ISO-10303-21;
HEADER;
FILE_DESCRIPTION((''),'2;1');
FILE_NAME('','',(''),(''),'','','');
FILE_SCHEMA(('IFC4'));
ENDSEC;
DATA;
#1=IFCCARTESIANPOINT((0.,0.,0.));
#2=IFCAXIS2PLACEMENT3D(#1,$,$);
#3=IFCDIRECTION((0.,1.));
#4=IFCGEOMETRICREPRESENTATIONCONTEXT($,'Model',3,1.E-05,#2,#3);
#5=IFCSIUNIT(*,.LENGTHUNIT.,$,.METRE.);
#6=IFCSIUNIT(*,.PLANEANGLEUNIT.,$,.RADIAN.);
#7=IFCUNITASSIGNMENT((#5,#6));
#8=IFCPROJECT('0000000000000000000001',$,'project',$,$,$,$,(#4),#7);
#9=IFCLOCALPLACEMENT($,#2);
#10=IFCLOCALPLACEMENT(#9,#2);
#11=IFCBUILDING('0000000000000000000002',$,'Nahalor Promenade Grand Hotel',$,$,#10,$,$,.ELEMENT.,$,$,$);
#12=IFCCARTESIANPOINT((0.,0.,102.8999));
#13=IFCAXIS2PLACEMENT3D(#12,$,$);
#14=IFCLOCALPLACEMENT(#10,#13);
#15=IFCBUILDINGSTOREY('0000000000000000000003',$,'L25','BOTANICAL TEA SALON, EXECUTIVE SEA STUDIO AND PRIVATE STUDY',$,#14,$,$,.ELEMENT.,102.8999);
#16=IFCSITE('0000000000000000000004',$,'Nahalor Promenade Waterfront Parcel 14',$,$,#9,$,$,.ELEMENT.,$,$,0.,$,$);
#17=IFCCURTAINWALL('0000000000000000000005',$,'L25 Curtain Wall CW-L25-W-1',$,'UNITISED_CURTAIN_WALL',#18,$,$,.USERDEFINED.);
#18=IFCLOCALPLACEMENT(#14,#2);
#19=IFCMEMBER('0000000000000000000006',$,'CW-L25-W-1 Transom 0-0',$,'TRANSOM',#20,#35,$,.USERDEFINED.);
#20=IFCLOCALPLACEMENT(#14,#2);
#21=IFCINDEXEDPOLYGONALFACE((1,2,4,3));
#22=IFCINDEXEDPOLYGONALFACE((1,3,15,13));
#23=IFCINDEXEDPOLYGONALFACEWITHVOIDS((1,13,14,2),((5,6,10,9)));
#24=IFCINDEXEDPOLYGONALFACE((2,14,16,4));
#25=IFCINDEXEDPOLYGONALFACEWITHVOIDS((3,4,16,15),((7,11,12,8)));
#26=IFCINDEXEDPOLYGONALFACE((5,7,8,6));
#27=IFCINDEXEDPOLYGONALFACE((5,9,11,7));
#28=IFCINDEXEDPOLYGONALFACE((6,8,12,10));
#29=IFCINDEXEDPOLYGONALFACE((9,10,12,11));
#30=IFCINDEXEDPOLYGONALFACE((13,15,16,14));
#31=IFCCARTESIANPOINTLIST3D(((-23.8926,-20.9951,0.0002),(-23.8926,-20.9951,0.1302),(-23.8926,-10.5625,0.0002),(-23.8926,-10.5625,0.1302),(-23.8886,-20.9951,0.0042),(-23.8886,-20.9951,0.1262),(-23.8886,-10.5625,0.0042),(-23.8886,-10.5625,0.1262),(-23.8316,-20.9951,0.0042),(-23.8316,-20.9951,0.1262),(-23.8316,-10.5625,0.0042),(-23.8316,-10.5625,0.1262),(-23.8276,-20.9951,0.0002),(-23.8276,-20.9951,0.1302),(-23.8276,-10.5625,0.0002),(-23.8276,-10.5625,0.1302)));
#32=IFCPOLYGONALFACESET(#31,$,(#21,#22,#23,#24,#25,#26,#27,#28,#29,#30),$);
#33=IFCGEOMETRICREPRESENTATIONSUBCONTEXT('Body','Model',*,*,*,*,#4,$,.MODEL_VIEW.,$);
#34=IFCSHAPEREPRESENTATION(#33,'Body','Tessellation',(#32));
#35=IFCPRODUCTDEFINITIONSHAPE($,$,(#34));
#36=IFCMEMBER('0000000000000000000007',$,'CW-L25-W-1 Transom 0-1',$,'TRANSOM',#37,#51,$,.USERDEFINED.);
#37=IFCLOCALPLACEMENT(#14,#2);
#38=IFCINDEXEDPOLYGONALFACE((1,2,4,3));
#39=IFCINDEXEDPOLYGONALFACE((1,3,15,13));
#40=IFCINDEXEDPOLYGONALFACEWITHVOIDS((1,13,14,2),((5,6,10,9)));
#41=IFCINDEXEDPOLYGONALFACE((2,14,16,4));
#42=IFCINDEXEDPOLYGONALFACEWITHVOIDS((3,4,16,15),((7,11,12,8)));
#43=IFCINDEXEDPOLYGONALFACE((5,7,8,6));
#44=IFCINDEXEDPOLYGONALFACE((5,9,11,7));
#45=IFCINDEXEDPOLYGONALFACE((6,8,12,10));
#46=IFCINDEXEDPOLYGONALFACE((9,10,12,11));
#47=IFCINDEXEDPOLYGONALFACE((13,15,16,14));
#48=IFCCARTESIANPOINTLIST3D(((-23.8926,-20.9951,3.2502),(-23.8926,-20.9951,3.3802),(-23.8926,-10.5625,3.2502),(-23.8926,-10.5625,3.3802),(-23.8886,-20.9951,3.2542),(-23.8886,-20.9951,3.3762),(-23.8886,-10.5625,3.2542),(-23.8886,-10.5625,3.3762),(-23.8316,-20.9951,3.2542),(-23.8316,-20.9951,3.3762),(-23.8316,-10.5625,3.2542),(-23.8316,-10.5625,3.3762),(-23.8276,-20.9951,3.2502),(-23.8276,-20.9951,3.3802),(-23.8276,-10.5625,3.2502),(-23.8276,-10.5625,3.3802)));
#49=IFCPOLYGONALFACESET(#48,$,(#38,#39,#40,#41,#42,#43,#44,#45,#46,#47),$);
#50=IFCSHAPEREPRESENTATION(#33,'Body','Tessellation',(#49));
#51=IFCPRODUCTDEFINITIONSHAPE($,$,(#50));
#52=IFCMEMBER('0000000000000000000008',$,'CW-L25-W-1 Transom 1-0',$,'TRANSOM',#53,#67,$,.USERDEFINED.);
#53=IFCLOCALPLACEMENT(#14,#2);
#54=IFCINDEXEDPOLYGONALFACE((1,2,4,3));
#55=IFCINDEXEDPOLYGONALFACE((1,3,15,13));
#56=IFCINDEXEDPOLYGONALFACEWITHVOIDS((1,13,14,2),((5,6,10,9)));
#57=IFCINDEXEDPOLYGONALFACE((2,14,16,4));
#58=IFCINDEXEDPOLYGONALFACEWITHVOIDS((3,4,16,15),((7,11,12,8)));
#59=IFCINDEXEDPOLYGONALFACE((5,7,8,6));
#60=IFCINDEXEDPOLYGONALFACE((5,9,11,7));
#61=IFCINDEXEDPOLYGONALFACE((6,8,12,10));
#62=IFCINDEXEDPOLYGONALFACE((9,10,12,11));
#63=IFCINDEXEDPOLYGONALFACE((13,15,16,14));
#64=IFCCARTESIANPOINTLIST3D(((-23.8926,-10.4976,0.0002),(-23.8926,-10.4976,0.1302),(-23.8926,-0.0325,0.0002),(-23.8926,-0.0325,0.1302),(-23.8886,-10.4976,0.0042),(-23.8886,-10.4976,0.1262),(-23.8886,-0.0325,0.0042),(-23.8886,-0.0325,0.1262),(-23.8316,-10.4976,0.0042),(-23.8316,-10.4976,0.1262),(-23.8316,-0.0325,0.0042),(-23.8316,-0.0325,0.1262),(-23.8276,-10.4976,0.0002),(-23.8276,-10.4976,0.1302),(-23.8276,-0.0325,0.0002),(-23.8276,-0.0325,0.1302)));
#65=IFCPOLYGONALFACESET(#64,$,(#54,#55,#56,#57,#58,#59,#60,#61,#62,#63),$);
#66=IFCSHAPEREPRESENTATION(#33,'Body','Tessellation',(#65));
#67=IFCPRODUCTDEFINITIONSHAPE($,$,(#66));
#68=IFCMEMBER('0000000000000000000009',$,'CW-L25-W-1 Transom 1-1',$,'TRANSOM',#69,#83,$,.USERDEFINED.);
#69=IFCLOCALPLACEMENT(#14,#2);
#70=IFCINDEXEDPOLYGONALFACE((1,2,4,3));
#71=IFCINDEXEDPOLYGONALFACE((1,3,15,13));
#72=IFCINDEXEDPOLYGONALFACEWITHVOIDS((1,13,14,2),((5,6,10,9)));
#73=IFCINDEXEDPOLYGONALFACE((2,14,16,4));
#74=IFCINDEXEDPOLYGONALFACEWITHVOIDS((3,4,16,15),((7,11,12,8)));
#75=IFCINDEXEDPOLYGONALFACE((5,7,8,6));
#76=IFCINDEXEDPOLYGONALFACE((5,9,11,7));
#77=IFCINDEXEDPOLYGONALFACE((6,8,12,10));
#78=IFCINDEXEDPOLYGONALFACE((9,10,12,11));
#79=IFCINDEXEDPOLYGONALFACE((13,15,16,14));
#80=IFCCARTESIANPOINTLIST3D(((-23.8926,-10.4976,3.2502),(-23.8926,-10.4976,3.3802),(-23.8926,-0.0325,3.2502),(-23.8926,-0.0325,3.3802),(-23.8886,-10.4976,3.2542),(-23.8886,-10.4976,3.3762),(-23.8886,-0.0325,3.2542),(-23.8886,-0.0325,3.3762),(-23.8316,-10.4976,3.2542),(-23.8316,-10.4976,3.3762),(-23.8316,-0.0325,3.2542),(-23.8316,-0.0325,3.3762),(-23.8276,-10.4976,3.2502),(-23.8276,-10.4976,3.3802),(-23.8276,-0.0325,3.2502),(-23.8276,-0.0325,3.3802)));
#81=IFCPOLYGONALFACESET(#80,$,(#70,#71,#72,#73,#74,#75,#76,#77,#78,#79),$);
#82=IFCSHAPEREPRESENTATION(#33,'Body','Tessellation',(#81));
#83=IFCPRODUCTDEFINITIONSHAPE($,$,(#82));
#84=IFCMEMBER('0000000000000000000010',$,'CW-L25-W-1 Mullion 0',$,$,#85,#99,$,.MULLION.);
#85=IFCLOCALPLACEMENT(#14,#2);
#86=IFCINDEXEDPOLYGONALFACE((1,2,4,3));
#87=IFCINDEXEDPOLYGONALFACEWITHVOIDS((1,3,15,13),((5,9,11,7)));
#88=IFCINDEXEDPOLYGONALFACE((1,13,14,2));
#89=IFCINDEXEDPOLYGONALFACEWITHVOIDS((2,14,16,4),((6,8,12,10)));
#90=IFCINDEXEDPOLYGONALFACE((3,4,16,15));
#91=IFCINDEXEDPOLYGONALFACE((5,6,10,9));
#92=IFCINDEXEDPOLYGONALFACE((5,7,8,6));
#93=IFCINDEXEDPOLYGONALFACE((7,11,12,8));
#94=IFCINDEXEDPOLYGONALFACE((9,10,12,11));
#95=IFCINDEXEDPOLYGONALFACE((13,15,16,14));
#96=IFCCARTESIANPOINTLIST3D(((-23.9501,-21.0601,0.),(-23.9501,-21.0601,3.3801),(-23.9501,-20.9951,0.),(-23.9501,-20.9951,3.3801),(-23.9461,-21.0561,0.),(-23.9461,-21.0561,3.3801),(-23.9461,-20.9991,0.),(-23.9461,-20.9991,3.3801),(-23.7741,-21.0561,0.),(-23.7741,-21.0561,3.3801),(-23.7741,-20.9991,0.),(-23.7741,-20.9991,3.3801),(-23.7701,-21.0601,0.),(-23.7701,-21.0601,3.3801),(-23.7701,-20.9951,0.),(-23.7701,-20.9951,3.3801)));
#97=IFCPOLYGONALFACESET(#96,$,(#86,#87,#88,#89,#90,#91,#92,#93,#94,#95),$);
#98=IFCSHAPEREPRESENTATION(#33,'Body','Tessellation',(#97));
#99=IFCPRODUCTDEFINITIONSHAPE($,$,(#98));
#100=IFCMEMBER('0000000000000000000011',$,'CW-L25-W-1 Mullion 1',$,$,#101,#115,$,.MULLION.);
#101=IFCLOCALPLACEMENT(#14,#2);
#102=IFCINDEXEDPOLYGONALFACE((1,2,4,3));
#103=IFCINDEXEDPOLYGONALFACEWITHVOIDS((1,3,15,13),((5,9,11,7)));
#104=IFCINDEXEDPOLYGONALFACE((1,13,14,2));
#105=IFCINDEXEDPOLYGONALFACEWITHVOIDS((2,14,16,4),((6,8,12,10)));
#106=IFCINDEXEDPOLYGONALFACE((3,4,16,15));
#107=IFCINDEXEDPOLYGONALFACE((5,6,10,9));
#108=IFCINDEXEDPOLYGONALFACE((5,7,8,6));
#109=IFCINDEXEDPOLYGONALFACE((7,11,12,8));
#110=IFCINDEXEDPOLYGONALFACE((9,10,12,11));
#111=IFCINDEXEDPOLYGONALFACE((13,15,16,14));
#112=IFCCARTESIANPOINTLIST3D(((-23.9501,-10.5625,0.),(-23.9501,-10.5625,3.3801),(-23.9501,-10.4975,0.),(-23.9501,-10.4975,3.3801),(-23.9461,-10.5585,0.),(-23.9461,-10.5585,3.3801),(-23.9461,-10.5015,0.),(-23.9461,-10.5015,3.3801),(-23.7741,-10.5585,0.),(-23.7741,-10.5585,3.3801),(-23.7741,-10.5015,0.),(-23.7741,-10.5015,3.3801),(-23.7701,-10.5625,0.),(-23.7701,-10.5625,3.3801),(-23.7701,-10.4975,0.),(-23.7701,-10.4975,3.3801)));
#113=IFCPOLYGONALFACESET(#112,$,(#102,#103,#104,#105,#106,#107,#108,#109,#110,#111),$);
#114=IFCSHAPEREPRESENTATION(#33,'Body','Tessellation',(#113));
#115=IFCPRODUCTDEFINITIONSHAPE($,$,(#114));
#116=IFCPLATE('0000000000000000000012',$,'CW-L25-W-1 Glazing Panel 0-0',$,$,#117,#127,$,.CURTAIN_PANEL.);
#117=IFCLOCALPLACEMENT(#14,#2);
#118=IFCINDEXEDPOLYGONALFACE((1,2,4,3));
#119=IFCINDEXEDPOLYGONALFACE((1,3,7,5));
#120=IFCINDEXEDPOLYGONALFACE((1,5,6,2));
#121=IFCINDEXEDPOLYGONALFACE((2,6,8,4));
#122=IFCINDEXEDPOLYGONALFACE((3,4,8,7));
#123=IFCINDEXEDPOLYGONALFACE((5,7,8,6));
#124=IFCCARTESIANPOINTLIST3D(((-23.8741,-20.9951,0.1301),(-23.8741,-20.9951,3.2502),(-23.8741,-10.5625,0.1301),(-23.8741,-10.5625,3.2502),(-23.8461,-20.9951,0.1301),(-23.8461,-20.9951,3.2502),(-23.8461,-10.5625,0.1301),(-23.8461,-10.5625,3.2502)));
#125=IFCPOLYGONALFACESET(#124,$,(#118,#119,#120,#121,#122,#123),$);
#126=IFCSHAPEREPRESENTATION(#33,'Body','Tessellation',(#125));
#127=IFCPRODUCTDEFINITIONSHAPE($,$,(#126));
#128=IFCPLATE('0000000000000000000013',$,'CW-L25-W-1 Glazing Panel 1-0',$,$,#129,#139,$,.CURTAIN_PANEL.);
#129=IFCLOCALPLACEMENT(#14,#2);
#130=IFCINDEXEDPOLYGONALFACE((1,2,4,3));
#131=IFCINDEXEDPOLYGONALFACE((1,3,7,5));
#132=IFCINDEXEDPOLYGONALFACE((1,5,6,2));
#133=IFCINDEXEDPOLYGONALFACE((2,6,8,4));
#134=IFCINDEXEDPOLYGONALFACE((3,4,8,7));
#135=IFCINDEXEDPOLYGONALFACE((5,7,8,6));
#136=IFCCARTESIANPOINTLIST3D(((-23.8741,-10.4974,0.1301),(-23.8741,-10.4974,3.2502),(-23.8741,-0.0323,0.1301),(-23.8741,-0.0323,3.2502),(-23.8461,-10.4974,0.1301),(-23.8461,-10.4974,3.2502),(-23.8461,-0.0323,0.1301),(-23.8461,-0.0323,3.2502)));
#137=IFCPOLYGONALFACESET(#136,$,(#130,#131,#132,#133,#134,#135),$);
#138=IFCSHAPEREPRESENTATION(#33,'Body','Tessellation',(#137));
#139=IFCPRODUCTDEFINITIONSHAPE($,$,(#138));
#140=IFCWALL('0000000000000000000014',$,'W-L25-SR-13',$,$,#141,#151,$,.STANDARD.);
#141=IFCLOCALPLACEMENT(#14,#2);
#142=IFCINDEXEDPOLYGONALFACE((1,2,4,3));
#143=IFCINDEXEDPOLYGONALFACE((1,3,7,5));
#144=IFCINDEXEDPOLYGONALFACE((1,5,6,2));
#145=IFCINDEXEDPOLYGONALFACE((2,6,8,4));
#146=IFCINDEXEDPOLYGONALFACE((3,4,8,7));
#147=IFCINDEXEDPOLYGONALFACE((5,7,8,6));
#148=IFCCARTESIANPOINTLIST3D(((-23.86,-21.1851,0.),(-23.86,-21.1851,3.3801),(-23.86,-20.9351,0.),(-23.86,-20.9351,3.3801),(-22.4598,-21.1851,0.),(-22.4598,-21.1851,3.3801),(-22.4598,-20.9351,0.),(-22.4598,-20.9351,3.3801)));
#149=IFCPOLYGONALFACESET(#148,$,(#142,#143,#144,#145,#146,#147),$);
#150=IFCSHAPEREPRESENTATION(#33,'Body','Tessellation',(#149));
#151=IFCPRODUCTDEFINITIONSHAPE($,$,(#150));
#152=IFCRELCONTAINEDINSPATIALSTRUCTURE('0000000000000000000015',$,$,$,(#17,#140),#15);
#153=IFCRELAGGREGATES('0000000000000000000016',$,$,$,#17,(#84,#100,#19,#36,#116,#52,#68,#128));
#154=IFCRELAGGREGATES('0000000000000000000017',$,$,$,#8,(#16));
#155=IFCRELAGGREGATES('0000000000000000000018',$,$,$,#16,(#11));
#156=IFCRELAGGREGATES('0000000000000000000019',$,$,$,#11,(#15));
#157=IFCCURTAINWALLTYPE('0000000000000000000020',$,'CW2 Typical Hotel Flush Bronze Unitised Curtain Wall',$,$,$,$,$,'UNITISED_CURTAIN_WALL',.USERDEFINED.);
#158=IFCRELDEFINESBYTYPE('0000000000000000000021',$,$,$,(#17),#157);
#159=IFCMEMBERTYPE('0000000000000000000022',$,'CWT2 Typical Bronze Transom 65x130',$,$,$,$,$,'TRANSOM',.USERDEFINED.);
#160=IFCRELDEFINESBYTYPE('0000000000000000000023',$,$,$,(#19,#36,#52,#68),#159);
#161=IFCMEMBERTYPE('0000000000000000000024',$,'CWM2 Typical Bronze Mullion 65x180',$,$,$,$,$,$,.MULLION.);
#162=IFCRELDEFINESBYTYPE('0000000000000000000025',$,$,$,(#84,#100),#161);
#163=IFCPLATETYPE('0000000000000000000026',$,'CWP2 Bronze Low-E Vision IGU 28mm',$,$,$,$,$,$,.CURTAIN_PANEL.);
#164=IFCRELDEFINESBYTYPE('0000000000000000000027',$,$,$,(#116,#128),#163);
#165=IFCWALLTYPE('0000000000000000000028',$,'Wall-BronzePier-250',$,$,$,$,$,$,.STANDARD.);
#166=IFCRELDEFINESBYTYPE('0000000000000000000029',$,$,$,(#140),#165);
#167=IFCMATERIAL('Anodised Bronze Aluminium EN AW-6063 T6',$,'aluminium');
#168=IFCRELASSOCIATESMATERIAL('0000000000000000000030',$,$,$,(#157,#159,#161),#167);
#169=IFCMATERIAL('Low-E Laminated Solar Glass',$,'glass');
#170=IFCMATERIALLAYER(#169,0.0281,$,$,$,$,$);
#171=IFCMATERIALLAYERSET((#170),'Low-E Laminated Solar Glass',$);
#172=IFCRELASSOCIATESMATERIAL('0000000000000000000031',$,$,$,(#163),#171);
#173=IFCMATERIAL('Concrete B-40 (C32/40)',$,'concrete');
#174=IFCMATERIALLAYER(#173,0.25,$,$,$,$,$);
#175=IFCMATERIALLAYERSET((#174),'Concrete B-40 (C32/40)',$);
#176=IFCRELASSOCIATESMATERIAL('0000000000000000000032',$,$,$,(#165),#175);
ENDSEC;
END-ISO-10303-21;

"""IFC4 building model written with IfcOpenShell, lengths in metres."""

from ifc_helpers import new_model, si_unit, direction, frame, frame_2d, origin, origin_2d, place, context, subcontext, project, spatial, rectangle, hollow_rectangle, extrude, source, transform, mapped, material, layer, layer_set, material_profile, profile_set, type_object, element, aggregate, save


model = new_model("IFC4")

# Units and contexts
model_context = context("Model", 3, precision=1e-05, world=origin(), true_north=direction((0.0, 1.0)))
body_context = subcontext(model_context, "Body", "Model", "MODEL_VIEW")
ifc_project = project(units=[si_unit("LENGTHUNIT", "METRE"), si_unit("PLANEANGLEUNIT", "RADIAN")], contexts=[model_context])

# Site, building, storey
site_placement = place(None, origin())
site = spatial("IfcSite", under=ifc_project, at=site_placement, Name="Nahalor Promenade Waterfront Parcel 14", CompositionType="ELEMENT", RefElevation=0.0)
building_placement = place(site_placement, origin())
building = spatial("IfcBuilding", under=site, at=building_placement, Name="Nahalor Promenade Grand Hotel", CompositionType="ELEMENT")
storey_placement = place(building_placement, frame((0.0, 0.0, 102.8999)))
storey = spatial("IfcBuildingStorey", under=building, at=storey_placement, Name="L25", Description="BOTANICAL TEA SALON, EXECUTIVE SEA STUDIO AND PRIVATE STUDY", CompositionType="ELEMENT", Elevation=102.8999)

# Curtain wall, members, plates
ifc_material_1 = material(Name="Anodised Bronze Aluminium EN AW-6063 T6", Category="aluminium")
curtain_wall_type = type_object("IfcCurtainWallType", Name="CW2 Typical Hotel Flush Bronze Unitised Curtain Wall", ElementType="UNITISED_CURTAIN_WALL", PredefinedType="USERDEFINED", material=ifc_material_1)
curtain_wall_placement = place(storey_placement, origin())
curtain_wall = element("IfcCurtainWall", 1, at=curtain_wall_placement, inside=storey, type_object=curtain_wall_type, Name="L25 Curtain Wall CW-L25-W-1", ObjectType="UNITISED_CURTAIN_WALL", PredefinedType="USERDEFINED")
ifc_material_profile_1 = material_profile(ifc_material_1, hollow_rectangle(XDim=0.065, YDim=0.13, WallThickness=0.004, at=origin_2d()), Name="CWT 65x130x4")
ifc_profile_set_1 = profile_set([ifc_material_profile_1], Name="Anodised Bronze Aluminium EN AW-6063 T6")
member_type_1 = type_object("IfcMemberType", Name="CWT2 Typical Bronze Transom 65x130", ElementType="TRANSOM", PredefinedType="USERDEFINED", material=ifc_profile_set_1)
shared_shape_1 = source(origin(), body_context, "Body", "SweptSolid", [
    extrude(hollow_rectangle(XDim=0.065, YDim=0.13, WallThickness=0.004, at=origin_2d()), origin(), (0.0, 0.0, 1.0), 10.4326),
])
member_1_placement = place(storey_placement, frame((-23.8601, -20.9951, 0.0652), z_axis=(0.0, 1.0, 0.0), x_axis=(-1.0, 0.0, 0.0)))
member_1 = element("IfcMember", 2, at=member_1_placement, type_object=member_type_1, Name="CW-L25-W-1 Transom 0-0", ObjectType="TRANSOM", PredefinedType="USERDEFINED", context=body_context, shape_type="MappedRepresentation", body=[
    mapped(shared_shape_1, transform((0.0, 0.0, 0.0), scale=1.0)),
])
member_2_placement = place(storey_placement, frame((-23.8601, -20.9951, 3.3152), z_axis=(0.0, 1.0, 0.0), x_axis=(-1.0, 0.0, 0.0)))
member_2 = element("IfcMember", 3, at=member_2_placement, type_object=member_type_1, Name="CW-L25-W-1 Transom 0-1", ObjectType="TRANSOM", PredefinedType="USERDEFINED", context=body_context, shape_type="MappedRepresentation", body=[
    mapped(shared_shape_1, transform((0.0, 0.0, 0.0), scale=1.0)),
])
shared_shape_2 = source(origin(), body_context, "Body", "SweptSolid", [
    extrude(hollow_rectangle(XDim=0.065, YDim=0.13, WallThickness=0.004, at=origin_2d()), origin(), (0.0, 0.0, 1.0), 10.4651),
])
member_3_placement = place(storey_placement, frame((-23.8601, -10.4976, 0.0652), z_axis=(0.0, 1.0, 0.0), x_axis=(-1.0, 0.0, 0.0)))
member_3 = element("IfcMember", 4, at=member_3_placement, type_object=member_type_1, Name="CW-L25-W-1 Transom 1-0", ObjectType="TRANSOM", PredefinedType="USERDEFINED", context=body_context, shape_type="MappedRepresentation", body=[
    mapped(shared_shape_2, transform((0.0, 0.0, 0.0), scale=1.0)),
])
member_4_placement = place(storey_placement, frame((-23.8601, -10.4976, 3.3152), z_axis=(0.0, 1.0, 0.0), x_axis=(-1.0, 0.0, 0.0)))
member_4 = element("IfcMember", 5, at=member_4_placement, type_object=member_type_1, Name="CW-L25-W-1 Transom 1-1", ObjectType="TRANSOM", PredefinedType="USERDEFINED", context=body_context, shape_type="MappedRepresentation", body=[
    mapped(shared_shape_2, transform((0.0, 0.0, 0.0), scale=1.0)),
])
ifc_material_profile_2 = material_profile(ifc_material_1, hollow_rectangle(XDim=0.065, YDim=0.18, WallThickness=0.004, at=origin_2d()), Name="CWM 65x180x4")
ifc_profile_set_2 = profile_set([ifc_material_profile_2], Name="Anodised Bronze Aluminium EN AW-6063 T6")
member_type_2 = type_object("IfcMemberType", Name="CWM2 Typical Bronze Mullion 65x180", PredefinedType="MULLION", material=ifc_profile_set_2)
shared_shape_3 = source(origin(), body_context, "Body", "SweptSolid", [
    extrude(hollow_rectangle(XDim=0.065, YDim=0.18, WallThickness=0.004, at=origin_2d()), origin(), (0.0, 0.0, 1.0), 3.3801),
])
member_5_placement = place(storey_placement, frame((-23.8601, -21.0276, 0.0), z_axis=(0.0, 0.0, 1.0), x_axis=(0.0, 1.0, 0.0)))
member_5 = element("IfcMember", 6, at=member_5_placement, type_object=member_type_2, Name="CW-L25-W-1 Mullion 0", PredefinedType="MULLION", context=body_context, shape_type="MappedRepresentation", body=[
    mapped(shared_shape_3, transform((0.0, 0.0, 0.0), scale=1.0)),
])
member_6_placement = place(storey_placement, frame((-23.8601, -10.53, 0.0), z_axis=(0.0, 0.0, 1.0), x_axis=(0.0, 1.0, 0.0)))
member_6 = element("IfcMember", 7, at=member_6_placement, type_object=member_type_2, Name="CW-L25-W-1 Mullion 1", PredefinedType="MULLION", context=body_context, shape_type="MappedRepresentation", body=[
    mapped(shared_shape_3, transform((0.0, 0.0, 0.0), scale=1.0)),
])
ifc_material_2 = material(Name="Low-E Laminated Solar Glass", Category="glass")
ifc_layer_1 = layer(ifc_material_2, 0.0281)
ifc_layer_set_1 = layer_set([ifc_layer_1], Name="Low-E Laminated Solar Glass")
plate_type = type_object("IfcPlateType", Name="CWP2 Bronze Low-E Vision IGU 28mm", PredefinedType="CURTAIN_PANEL", material=ifc_layer_set_1)
shared_shape_4 = source(origin(), body_context, "Body", "SweptSolid", [
    extrude(rectangle(XDim=10.4326, YDim=0.0281, at=origin_2d()), origin(), (0.0, 0.0, 1.0), 3.1201),
])
plate_1_placement = place(storey_placement, frame((-23.8601, -15.7788, 0.1301), z_axis=(0.0, 0.0, 1.0), x_axis=(0.0, 1.0, 0.0)))
plate_1 = element("IfcPlate", 8, at=plate_1_placement, type_object=plate_type, Name="CW-L25-W-1 Glazing Panel 0-0", PredefinedType="CURTAIN_PANEL", context=body_context, shape_type="MappedRepresentation", body=[
    mapped(shared_shape_4, transform((0.0, 0.0, 0.0), scale=1.0)),
])
shared_shape_5 = source(origin(), body_context, "Body", "SweptSolid", [
    extrude(rectangle(XDim=10.4651, YDim=0.0281, at=origin_2d()), origin(), (0.0, 0.0, 1.0), 3.1201),
])
plate_2_placement = place(storey_placement, frame((-23.8601, -5.2649, 0.1301), z_axis=(0.0, 0.0, 1.0), x_axis=(0.0, 1.0, 0.0)))
plate_2 = element("IfcPlate", 9, at=plate_2_placement, type_object=plate_type, Name="CW-L25-W-1 Glazing Panel 1-0", PredefinedType="CURTAIN_PANEL", context=body_context, shape_type="MappedRepresentation", body=[
    mapped(shared_shape_5, transform((0.0, 0.0, 0.0), scale=1.0)),
])
aggregate(curtain_wall, [member_5, member_6, member_1, member_2, plate_1, member_3, member_4, plate_2])

# Wall
ifc_material_3 = material(Name="Concrete B-40 (C32/40)", Category="concrete")
ifc_layer_2 = layer(ifc_material_3, 0.25)
ifc_layer_set_2 = layer_set([ifc_layer_2], Name="Concrete B-40 (C32/40)")
wall_type_1 = type_object("IfcWallType", Name="Wall-BronzePier-250", PredefinedType="STANDARD", material=ifc_layer_set_2)
shared_shape_6 = source(origin(), body_context, "Body", "SweptSolid", [
    extrude(rectangle(XDim=1.4001, YDim=0.25, at=frame_2d((0.7002, 0.0))), origin(), (0.0, 0.0, 1.0), 3.3801),
])
wall_1_placement = place(storey_placement, frame((-23.8601, -21.0601, 0.0), z_axis=(0.0, 0.0, 1.0), x_axis=(1.0, 0.0, 0.0)))
element("IfcWall", 10, at=wall_1_placement, inside=storey, type_object=wall_type_1, Name="W-L25-SR-13", PredefinedType="STANDARD", context=body_context, shape_type="MappedRepresentation", body=[
    mapped(shared_shape_6, transform((0.0, 0.0, 0.0), scale=1.0)),
])

save(model, "model.ifc")
